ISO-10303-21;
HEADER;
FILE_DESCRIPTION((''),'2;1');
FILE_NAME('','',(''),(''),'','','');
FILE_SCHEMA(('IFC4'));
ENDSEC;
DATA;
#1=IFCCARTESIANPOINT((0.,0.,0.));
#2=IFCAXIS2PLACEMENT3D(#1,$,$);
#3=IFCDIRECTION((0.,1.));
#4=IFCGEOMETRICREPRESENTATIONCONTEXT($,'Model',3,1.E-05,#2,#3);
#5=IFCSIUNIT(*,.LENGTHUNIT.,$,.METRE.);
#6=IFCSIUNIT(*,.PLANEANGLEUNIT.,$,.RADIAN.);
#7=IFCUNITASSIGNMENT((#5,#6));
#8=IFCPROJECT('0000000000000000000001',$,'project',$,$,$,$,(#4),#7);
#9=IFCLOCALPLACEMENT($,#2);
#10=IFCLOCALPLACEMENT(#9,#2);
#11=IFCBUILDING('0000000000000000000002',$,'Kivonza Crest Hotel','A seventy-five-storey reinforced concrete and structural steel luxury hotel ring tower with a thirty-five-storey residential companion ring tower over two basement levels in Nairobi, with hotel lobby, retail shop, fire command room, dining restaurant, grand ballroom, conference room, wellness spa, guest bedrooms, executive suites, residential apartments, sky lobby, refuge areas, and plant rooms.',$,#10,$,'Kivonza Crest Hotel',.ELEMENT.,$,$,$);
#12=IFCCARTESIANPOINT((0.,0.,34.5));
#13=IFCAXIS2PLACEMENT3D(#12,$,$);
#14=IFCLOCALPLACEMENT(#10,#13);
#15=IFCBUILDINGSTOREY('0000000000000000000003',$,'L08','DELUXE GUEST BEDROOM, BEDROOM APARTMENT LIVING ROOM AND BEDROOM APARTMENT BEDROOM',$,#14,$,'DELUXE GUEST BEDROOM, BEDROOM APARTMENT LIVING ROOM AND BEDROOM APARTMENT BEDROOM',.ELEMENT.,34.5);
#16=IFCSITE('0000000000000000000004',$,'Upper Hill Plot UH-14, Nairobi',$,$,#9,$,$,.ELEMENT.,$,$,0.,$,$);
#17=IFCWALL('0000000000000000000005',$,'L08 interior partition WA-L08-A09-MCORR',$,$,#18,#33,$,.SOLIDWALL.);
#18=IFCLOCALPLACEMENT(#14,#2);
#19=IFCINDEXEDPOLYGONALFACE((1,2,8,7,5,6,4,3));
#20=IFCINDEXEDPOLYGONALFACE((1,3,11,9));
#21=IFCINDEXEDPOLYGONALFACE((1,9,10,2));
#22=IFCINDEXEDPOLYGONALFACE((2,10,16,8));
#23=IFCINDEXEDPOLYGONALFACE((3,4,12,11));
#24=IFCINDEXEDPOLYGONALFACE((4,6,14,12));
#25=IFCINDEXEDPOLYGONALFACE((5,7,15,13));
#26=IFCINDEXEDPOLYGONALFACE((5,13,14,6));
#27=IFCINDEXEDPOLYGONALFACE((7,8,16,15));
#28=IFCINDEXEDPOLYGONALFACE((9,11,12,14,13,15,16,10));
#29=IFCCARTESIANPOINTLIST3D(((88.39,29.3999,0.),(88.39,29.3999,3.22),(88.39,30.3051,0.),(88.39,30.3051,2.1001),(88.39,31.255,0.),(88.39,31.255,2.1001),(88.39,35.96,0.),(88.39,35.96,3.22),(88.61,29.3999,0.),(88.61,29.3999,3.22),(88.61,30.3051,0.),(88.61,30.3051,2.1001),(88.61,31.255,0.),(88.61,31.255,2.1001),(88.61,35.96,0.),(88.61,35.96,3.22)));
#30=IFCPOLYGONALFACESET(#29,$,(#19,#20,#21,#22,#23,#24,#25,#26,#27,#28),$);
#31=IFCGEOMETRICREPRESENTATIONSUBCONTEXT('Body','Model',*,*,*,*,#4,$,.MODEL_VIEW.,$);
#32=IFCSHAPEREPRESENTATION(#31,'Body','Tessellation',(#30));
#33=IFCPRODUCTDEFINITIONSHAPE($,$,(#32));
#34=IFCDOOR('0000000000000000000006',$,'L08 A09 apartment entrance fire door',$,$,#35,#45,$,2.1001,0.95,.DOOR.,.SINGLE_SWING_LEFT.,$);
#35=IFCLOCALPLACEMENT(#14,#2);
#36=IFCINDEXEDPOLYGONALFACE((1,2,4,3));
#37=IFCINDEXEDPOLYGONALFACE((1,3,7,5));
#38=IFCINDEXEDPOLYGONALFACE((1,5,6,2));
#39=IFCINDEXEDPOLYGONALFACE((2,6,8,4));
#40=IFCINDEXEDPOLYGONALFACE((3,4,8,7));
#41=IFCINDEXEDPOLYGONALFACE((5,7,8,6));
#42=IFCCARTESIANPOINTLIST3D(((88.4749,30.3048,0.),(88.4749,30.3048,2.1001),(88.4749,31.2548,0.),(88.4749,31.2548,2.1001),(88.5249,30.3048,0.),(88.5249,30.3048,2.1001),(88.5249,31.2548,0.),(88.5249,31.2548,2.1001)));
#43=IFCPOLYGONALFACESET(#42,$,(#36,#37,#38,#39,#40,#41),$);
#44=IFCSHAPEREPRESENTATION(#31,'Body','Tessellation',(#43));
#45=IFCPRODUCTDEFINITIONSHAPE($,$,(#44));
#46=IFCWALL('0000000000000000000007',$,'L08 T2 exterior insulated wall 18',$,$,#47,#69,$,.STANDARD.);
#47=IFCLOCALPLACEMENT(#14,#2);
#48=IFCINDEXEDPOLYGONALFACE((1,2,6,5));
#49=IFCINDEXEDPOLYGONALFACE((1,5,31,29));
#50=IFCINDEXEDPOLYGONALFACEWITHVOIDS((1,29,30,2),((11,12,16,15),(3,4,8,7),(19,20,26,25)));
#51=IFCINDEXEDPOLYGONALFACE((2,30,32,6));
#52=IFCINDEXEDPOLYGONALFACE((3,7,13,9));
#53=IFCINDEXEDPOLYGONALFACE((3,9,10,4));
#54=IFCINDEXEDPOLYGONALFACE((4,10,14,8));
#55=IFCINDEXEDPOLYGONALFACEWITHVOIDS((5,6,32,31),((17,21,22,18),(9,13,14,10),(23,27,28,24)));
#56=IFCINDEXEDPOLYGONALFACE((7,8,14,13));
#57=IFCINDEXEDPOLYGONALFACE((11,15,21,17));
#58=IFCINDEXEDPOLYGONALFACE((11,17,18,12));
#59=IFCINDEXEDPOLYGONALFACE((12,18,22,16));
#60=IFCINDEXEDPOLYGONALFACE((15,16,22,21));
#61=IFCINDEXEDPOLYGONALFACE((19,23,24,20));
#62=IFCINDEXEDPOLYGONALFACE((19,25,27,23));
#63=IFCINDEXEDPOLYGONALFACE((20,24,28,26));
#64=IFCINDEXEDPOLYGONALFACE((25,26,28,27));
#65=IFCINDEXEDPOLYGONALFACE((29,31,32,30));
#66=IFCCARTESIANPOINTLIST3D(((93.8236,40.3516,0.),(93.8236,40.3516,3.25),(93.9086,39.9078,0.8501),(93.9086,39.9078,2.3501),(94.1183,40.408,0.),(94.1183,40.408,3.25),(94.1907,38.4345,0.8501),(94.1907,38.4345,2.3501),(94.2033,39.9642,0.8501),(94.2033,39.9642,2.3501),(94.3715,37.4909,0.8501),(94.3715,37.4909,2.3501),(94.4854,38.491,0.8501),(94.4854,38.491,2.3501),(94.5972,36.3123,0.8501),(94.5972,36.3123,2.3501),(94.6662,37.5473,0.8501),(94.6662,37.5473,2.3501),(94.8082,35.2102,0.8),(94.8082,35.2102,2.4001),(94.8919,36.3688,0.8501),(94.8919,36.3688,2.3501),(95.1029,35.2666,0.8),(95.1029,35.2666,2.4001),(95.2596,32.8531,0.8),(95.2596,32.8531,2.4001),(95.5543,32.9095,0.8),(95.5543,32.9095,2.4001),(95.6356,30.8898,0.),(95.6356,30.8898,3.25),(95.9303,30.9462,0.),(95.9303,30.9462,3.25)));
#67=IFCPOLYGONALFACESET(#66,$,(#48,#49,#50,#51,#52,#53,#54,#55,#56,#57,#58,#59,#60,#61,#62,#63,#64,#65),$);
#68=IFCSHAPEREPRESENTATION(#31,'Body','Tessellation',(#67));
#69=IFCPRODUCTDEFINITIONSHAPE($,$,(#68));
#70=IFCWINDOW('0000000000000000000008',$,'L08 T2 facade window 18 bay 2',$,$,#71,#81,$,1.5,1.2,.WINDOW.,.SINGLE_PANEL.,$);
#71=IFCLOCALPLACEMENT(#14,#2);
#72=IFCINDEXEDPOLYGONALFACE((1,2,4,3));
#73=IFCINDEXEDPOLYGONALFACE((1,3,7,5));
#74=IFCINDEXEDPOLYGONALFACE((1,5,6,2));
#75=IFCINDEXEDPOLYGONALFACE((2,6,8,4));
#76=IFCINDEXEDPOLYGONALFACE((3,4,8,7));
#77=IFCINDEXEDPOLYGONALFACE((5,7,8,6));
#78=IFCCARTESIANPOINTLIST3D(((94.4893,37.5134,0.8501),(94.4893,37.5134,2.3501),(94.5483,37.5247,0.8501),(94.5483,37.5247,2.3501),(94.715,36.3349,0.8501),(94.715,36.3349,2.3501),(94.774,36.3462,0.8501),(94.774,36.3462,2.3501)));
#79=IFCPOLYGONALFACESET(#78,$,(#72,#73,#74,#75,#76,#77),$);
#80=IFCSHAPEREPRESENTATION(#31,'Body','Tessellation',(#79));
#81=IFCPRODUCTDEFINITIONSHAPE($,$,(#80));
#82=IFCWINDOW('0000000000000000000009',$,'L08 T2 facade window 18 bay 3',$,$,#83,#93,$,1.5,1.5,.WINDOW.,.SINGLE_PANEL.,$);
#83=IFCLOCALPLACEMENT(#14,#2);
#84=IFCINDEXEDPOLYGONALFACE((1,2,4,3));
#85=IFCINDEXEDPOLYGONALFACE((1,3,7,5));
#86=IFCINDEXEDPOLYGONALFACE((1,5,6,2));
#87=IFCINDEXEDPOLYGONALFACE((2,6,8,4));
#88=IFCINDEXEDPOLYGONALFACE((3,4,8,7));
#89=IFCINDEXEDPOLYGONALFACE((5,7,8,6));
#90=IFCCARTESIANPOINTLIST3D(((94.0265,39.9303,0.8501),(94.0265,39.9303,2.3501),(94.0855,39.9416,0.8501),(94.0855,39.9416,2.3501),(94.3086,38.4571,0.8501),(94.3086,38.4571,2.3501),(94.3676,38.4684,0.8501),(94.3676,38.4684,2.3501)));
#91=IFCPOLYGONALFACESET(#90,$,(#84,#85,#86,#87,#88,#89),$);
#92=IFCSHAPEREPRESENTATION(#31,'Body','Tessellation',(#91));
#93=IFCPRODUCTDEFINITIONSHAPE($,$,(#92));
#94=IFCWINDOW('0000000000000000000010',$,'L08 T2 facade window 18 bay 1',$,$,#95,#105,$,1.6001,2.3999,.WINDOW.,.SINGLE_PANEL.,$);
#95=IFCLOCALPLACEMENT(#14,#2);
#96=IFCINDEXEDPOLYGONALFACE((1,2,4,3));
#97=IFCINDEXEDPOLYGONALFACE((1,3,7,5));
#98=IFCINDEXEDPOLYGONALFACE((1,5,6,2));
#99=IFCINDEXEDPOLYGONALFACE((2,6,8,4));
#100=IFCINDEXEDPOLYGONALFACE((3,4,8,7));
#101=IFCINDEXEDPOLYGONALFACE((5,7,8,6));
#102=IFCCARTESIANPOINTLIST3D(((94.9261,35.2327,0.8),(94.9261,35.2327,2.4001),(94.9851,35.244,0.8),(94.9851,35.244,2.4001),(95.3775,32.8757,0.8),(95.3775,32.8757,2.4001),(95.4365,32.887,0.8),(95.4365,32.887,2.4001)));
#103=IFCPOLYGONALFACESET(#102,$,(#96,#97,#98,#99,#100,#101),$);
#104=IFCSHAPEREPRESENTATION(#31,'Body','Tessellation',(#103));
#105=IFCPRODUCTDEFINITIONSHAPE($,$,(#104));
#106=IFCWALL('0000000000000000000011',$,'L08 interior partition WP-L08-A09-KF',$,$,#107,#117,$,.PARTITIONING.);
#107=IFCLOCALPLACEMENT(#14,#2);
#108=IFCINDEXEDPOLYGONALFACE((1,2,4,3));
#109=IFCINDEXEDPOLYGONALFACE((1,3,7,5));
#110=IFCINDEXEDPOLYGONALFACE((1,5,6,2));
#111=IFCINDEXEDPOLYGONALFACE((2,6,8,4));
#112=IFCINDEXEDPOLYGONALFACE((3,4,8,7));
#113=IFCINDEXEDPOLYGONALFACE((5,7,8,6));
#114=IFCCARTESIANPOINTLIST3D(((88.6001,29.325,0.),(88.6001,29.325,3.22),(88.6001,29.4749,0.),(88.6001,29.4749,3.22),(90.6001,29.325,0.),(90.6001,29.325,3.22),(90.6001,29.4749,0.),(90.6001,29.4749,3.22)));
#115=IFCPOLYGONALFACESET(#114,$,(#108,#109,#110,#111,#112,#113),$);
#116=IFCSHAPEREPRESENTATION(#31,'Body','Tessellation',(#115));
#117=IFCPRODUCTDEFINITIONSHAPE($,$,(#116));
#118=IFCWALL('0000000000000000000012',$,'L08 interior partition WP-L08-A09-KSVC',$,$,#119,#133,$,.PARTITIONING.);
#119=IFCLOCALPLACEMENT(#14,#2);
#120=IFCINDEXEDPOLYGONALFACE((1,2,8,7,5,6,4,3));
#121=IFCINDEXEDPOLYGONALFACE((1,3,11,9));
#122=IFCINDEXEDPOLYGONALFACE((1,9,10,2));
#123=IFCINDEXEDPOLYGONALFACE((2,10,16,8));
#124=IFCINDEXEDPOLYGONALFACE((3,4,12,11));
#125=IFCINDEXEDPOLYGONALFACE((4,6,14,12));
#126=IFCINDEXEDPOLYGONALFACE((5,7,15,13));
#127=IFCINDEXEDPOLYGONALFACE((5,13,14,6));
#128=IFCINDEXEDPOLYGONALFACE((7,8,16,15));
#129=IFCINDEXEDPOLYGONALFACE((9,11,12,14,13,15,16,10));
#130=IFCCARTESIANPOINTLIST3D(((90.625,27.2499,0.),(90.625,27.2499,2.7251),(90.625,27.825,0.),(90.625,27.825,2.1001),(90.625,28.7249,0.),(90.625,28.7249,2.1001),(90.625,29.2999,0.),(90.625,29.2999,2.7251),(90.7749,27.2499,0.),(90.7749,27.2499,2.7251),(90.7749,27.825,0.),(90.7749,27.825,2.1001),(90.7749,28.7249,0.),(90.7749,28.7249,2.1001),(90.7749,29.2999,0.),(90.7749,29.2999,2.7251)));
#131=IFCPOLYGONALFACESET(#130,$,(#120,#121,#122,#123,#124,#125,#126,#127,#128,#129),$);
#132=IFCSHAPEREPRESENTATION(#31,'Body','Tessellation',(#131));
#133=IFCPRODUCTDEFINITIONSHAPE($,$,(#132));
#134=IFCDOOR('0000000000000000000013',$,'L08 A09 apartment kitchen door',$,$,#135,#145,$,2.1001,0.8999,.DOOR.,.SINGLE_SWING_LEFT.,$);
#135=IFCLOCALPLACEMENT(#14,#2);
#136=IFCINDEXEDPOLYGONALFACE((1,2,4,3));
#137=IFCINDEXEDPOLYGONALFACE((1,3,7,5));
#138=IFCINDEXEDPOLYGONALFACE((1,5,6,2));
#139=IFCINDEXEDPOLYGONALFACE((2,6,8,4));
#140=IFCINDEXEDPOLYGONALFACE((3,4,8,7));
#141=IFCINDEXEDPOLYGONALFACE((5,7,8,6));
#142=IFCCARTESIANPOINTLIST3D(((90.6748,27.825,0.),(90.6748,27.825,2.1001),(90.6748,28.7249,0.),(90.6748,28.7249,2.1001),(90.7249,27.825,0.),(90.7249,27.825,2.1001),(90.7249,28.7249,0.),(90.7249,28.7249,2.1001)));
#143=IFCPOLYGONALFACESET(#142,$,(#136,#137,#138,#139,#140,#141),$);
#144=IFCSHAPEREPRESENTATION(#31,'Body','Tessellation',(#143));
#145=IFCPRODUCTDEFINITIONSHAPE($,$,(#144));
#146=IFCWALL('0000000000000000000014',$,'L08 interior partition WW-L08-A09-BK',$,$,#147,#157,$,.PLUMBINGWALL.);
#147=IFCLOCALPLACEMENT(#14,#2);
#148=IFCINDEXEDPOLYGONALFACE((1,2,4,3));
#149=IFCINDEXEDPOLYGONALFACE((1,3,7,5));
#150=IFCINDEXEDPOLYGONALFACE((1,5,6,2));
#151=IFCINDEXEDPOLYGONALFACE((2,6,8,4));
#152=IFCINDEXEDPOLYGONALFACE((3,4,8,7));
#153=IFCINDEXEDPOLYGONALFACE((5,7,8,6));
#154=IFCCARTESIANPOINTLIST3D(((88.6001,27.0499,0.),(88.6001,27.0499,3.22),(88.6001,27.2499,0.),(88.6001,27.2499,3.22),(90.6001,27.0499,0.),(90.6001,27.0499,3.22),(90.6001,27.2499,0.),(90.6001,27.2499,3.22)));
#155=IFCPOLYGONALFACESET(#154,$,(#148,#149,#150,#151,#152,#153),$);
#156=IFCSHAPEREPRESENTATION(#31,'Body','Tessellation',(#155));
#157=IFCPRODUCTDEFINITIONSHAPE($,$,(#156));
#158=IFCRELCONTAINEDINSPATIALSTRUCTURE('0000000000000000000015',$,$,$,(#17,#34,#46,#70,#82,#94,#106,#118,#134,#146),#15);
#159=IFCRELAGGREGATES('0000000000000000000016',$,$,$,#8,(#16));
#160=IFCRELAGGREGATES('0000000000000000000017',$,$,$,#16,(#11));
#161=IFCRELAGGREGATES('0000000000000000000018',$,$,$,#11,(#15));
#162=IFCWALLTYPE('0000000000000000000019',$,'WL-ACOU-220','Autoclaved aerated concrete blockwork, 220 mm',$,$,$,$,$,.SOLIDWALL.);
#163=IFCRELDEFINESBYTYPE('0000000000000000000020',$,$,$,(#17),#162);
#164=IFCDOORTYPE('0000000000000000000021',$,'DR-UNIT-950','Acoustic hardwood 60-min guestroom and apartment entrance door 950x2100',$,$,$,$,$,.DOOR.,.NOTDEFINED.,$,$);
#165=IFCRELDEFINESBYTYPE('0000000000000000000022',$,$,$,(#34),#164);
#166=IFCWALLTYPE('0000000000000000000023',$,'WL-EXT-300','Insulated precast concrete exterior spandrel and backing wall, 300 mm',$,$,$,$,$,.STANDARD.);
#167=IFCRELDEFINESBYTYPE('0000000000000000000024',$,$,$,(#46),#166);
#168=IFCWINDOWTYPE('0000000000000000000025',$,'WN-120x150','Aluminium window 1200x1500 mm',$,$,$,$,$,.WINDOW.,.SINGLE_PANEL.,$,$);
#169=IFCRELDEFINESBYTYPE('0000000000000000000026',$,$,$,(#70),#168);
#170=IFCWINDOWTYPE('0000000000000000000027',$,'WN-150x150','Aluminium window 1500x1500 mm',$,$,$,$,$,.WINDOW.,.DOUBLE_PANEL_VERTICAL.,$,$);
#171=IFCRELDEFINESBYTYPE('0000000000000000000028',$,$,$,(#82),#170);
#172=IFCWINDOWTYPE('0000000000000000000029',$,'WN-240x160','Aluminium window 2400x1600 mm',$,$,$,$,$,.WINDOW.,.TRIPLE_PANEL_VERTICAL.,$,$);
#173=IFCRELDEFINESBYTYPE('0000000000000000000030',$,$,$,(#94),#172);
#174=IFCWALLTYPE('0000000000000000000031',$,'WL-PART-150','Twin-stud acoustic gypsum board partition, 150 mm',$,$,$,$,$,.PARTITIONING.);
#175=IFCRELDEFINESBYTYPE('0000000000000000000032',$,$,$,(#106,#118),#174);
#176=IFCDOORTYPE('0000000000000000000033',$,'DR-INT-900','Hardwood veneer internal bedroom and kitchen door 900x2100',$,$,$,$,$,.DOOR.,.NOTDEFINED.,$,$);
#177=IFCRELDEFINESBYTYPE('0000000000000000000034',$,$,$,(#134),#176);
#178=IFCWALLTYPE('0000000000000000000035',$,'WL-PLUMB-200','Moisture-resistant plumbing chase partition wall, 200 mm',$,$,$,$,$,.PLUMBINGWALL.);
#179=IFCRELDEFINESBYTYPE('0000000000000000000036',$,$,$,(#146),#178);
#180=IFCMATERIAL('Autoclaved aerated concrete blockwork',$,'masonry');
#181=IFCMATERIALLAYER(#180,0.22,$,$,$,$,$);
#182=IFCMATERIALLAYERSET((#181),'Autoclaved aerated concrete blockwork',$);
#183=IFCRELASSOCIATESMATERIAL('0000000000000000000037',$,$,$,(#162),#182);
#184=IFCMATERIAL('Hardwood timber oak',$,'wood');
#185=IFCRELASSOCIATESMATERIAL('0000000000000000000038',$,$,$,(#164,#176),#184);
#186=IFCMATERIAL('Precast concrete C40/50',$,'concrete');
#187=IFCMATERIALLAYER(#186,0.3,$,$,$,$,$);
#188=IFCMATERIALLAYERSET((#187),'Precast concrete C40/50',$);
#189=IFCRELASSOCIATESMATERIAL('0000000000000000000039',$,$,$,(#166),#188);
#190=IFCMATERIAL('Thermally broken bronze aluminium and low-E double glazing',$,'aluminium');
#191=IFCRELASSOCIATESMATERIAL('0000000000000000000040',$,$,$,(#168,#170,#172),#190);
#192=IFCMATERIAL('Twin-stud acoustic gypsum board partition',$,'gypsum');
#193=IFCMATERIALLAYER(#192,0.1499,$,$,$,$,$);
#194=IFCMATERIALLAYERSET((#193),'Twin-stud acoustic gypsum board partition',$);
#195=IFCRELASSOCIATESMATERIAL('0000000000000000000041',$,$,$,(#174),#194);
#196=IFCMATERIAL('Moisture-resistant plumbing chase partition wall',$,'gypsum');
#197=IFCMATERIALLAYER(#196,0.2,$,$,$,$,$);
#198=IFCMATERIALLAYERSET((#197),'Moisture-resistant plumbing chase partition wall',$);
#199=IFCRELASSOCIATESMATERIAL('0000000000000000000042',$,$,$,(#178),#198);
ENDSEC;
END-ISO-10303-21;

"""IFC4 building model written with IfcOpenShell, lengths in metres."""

from ifc_helpers import new_model, si_unit, direction, frame, frame_2d, origin, place, context, subcontext, project, spatial, rectangle, extrude, material, layer, layer_set, type_object, element, fill, save


model = new_model("IFC4")

# Units and contexts
model_context = context("Model", 3, precision=1e-05, world=origin(), true_north=direction((0.0, 1.0)))
body_context = subcontext(model_context, "Body", "Model", "MODEL_VIEW")
ifc_project = project(units=[si_unit("LENGTHUNIT", "METRE"), si_unit("PLANEANGLEUNIT", "RADIAN")], contexts=[model_context])

# Site, building, storey
site_placement = place(None, origin())
site = spatial("IfcSite", under=ifc_project, at=site_placement, Name="Upper Hill Plot UH-14, Nairobi", CompositionType="ELEMENT", RefElevation=0.0)
building_placement = place(site_placement, origin())
building = spatial("IfcBuilding", under=site, at=building_placement, Name="Kivonza Crest Hotel", Description="A seventy-five-storey reinforced concrete and structural steel luxury hotel ring tower with a thirty-five-storey residential companion ring tower over two basement levels in Nairobi, with hotel lobby, retail shop, fire command room, dining restaurant, grand ballroom, conference room, wellness spa, guest bedrooms, executive suites, residential apartments, sky lobby, refuge areas, and plant rooms.", LongName="Kivonza Crest Hotel", CompositionType="ELEMENT")
storey_placement = place(building_placement, frame((0.0, 0.0, 34.5)))
storey = spatial("IfcBuildingStorey", under=building, at=storey_placement, Name="L08", Description="DELUXE GUEST BEDROOM, BEDROOM APARTMENT LIVING ROOM AND BEDROOM APARTMENT BEDROOM", LongName="DELUXE GUEST BEDROOM, BEDROOM APARTMENT LIVING ROOM AND BEDROOM APARTMENT BEDROOM", CompositionType="ELEMENT", Elevation=34.5)

# Shared definitions
ifc_material_1 = material(Name="Autoclaved aerated concrete blockwork", Category="masonry")
ifc_layer_1 = layer(ifc_material_1, 0.22)
ifc_layer_set_1 = layer_set([ifc_layer_1], Name="Autoclaved aerated concrete blockwork")
wall_type_1 = type_object("IfcWallType", Name="WL-ACOU-220", Description="Autoclaved aerated concrete blockwork, 220 mm", PredefinedType="SOLIDWALL", material=ifc_layer_set_1)

# Wall, opening, door
wall_1_placement = place(storey_placement, frame((88.5, 29.3999, 0.0), z_axis=(0.0, 0.0, 1.0), x_axis=(0.0, 1.0, 0.0)))
wall_1 = element("IfcWall", 1, at=wall_1_placement, inside=storey, type_object=wall_type_1, Name="L08 interior partition WA-L08-A09-MCORR", PredefinedType="SOLIDWALL", context=body_context, shape_type="SweptSolid", body=[
    extrude(rectangle(XDim=6.5601, YDim=0.22, at=frame_2d((3.28, 0.0))), origin(), (0.0, 0.0, 1.0), 3.22),
])
opening_1_placement = place(wall_1_placement, frame((0.905, 0.0, 0.0)))
opening_1 = element("IfcOpeningElement", 2, at=opening_1_placement, cuts=wall_1, PredefinedType="OPENING", context=body_context, shape_type="SweptSolid", body=[
    extrude(rectangle(XDim=0.95, YDim=2.1001, at=frame_2d((0.4751, 1.05))), frame((0.0, 0.1201, 0.0), z_axis=(0.0, -1.0, 0.0), x_axis=(1.0, 0.0, 0.0)), (0.0, 0.0, 1.0), 0.24),
])
ifc_material_2 = material(Name="Hardwood timber oak", Category="wood")
door_type_1 = type_object("IfcDoorType", Name="DR-UNIT-950", Description="Acoustic hardwood 60-min guestroom and apartment entrance door 950x2100", OperationType="NOTDEFINED", PredefinedType="DOOR", material=ifc_material_2)
door_1_placement = place(opening_1_placement, frame((0.95, 0.0, 0.0), z_axis=(0.0, 0.0, 1.0), x_axis=(-1.0, 0.0, 0.0)))
door_1 = element("IfcDoor", 3, at=door_1_placement, inside=storey, type_object=door_type_1, Name="L08 A09 apartment entrance fire door", OperationType="SINGLE_SWING_LEFT", OverallHeight=2.1001, OverallWidth=0.95, PredefinedType="DOOR", context=body_context, shape_type="SweptSolid", body=[
    extrude(rectangle(XDim=0.95, YDim=2.1001, at=frame_2d((0.4751, 1.05))), frame((0.0, 0.0249, 0.0), z_axis=(0.0, -1.0, 0.0), x_axis=(1.0, 0.0, 0.0)), (0.0, 0.0, 1.0), 0.05),
])
fill(opening_1, door_1)

# Wall, openings, windows
ifc_material_3 = material(Name="Precast concrete C40/50", Category="concrete")
ifc_layer_2 = layer(ifc_material_3, 0.3)
ifc_layer_set_2 = layer_set([ifc_layer_2], Name="Precast concrete C40/50")
wall_type_2 = type_object("IfcWallType", Name="WL-EXT-300", Description="Insulated precast concrete exterior spandrel and backing wall, 300 mm", PredefinedType="STANDARD", material=ifc_layer_set_2)
wall_2_placement = place(storey_placement, frame((95.783, 30.918, 0.0), z_axis=(0.0, 0.0, 1.0), x_axis=(-0.188088, 0.982152, 0.0)))
wall_2 = element("IfcWall", 4, at=wall_2_placement, inside=storey, type_object=wall_type_2, Name="L08 T2 exterior insulated wall 18", PredefinedType="STANDARD", context=body_context, shape_type="SweptSolid", body=[
    extrude(rectangle(XDim=9.6338, YDim=0.3, at=frame_2d((4.8169, 0.0))), origin(), (0.0, 0.0, 1.0), 3.25),
])
opening_2_placement = place(wall_2_placement, frame((1.999, 0.0, 0.8)))
opening_2 = element("IfcOpeningElement", 5, at=opening_2_placement, cuts=wall_2, PredefinedType="OPENING", context=body_context, shape_type="SweptSolid", body=[
    extrude(rectangle(XDim=2.3999, YDim=1.6001, at=frame_2d((1.2, 0.8))), frame((0.0, 0.1602, 0.0), z_axis=(0.0, -1.0, 0.0), x_axis=(1.0, 0.0, 0.0)), (0.0, 0.0, 1.0), 0.3201),
])
opening_3_placement = place(wall_2_placement, frame((5.521, 0.0, 0.8501)))
opening_3 = element("IfcOpeningElement", 6, at=opening_3_placement, cuts=wall_2, PredefinedType="OPENING", context=body_context, shape_type="SweptSolid", body=[
    extrude(rectangle(XDim=1.2, YDim=1.5, at=frame_2d((0.6001, 0.75))), frame((0.0, 0.1602, 0.0), z_axis=(0.0, -1.0, 0.0), x_axis=(1.0, 0.0, 0.0)), (0.0, 0.0, 1.0), 0.3201),
])
opening_4_placement = place(wall_2_placement, frame((7.6819, 0.0, 0.8501)))
opening_4 = element("IfcOpeningElement", 7, at=opening_4_placement, cuts=wall_2, PredefinedType="OPENING", context=body_context, shape_type="SweptSolid", body=[
    extrude(rectangle(XDim=1.5, YDim=1.5, at=frame_2d((0.75, 0.75))), frame((0.0, 0.1602, 0.0), z_axis=(0.0, -1.0, 0.0), x_axis=(1.0, 0.0, 0.0)), (0.0, 0.0, 1.0), 0.3201),
])
ifc_material_4 = material(Name="Thermally broken bronze aluminium and low-E double glazing", Category="aluminium")
window_type_1 = type_object("IfcWindowType", Name="WN-120x150", Description="Aluminium window 1200x1500 mm", PartitioningType="SINGLE_PANEL", PredefinedType="WINDOW", material=ifc_material_4)
window_1_placement = place(opening_3_placement, origin())
window_1 = element("IfcWindow", 8, at=window_1_placement, inside=storey, type_object=window_type_1, Name="L08 T2 facade window 18 bay 2", OverallHeight=1.5, OverallWidth=1.2, PartitioningType="SINGLE_PANEL", PredefinedType="WINDOW", context=body_context, shape_type="SweptSolid", body=[
    extrude(rectangle(XDim=1.2, YDim=1.5, at=frame_2d((0.6001, 0.75))), frame((0.0, 0.03, 0.0), z_axis=(0.0, -1.0, 0.0), x_axis=(1.0, 0.0, 0.0)), (0.0, 0.0, 1.0), 0.0601),
])
fill(opening_3, window_1)
window_type_2 = type_object("IfcWindowType", Name="WN-150x150", Description="Aluminium window 1500x1500 mm", PartitioningType="DOUBLE_PANEL_VERTICAL", PredefinedType="WINDOW", material=ifc_material_4)
window_2_placement = place(opening_4_placement, origin())
window_2 = element("IfcWindow", 9, at=window_2_placement, inside=storey, type_object=window_type_2, Name="L08 T2 facade window 18 bay 3", OverallHeight=1.5, OverallWidth=1.5, PartitioningType="SINGLE_PANEL", PredefinedType="WINDOW", context=body_context, shape_type="SweptSolid", body=[
    extrude(rectangle(XDim=1.5, YDim=1.5, at=frame_2d((0.75, 0.75))), frame((0.0, 0.03, 0.0), z_axis=(0.0, -1.0, 0.0), x_axis=(1.0, 0.0, 0.0)), (0.0, 0.0, 1.0), 0.0601),
])
fill(opening_4, window_2)
window_type_3 = type_object("IfcWindowType", Name="WN-240x160", Description="Aluminium window 2400x1600 mm", PartitioningType="TRIPLE_PANEL_VERTICAL", PredefinedType="WINDOW", material=ifc_material_4)
window_3_placement = place(opening_2_placement, origin())
window_3 = element("IfcWindow", 10, at=window_3_placement, inside=storey, type_object=window_type_3, Name="L08 T2 facade window 18 bay 1", OverallHeight=1.6001, OverallWidth=2.3999, PartitioningType="SINGLE_PANEL", PredefinedType="WINDOW", context=body_context, shape_type="SweptSolid", body=[
    extrude(rectangle(XDim=2.3999, YDim=1.6001, at=frame_2d((1.2, 0.8))), frame((0.0, 0.03, 0.0), z_axis=(0.0, -1.0, 0.0), x_axis=(1.0, 0.0, 0.0)), (0.0, 0.0, 1.0), 0.0601),
])
fill(opening_2, window_3)

# Wall
ifc_material_5 = material(Name="Twin-stud acoustic gypsum board partition", Category="gypsum")
ifc_layer_3 = layer(ifc_material_5, 0.1499)
ifc_layer_set_3 = layer_set([ifc_layer_3], Name="Twin-stud acoustic gypsum board partition")
wall_type_3 = type_object("IfcWallType", Name="WL-PART-150", Description="Twin-stud acoustic gypsum board partition, 150 mm", PredefinedType="PARTITIONING", material=ifc_layer_set_3)
wall_3_placement = place(storey_placement, frame((88.6001, 29.3999, 0.0), z_axis=(0.0, 0.0, 1.0), x_axis=(1.0, 0.0, 0.0)))
element("IfcWall", 11, at=wall_3_placement, inside=storey, type_object=wall_type_3, Name="L08 interior partition WP-L08-A09-KF", PredefinedType="PARTITIONING", context=body_context, shape_type="SweptSolid", body=[
    extrude(rectangle(XDim=2.0, YDim=0.1499, at=frame_2d((1.0, 0.0))), origin(), (0.0, 0.0, 1.0), 3.22),
])

# Wall, opening, door
wall_4_placement = place(storey_placement, frame((90.7, 27.25, 0.0), z_axis=(0.0, 0.0, 1.0), x_axis=(0.0, 1.0, 0.0)))
wall_4 = element("IfcWall", 12, at=wall_4_placement, inside=storey, type_object=wall_type_3, Name="L08 interior partition WP-L08-A09-KSVC", PredefinedType="PARTITIONING", context=body_context, shape_type="SweptSolid", body=[
    extrude(rectangle(XDim=2.05, YDim=0.1499, at=frame_2d((1.0249, 0.0))), origin(), (0.0, 0.0, 1.0), 2.7251),
])
opening_5_placement = place(wall_4_placement, frame((0.575, 0.0, 0.0)))
opening_5 = element("IfcOpeningElement", 13, at=opening_5_placement, cuts=wall_4, PredefinedType="OPENING", context=body_context, shape_type="SweptSolid", body=[
    extrude(rectangle(XDim=0.8999, YDim=2.1001, at=frame_2d((0.45, 1.05))), frame((0.0, 0.085, 0.0), z_axis=(0.0, -1.0, 0.0), x_axis=(1.0, 0.0, 0.0)), (0.0, 0.0, 1.0), 0.1699),
])
door_type_2 = type_object("IfcDoorType", Name="DR-INT-900", Description="Hardwood veneer internal bedroom and kitchen door 900x2100", OperationType="NOTDEFINED", PredefinedType="DOOR", material=ifc_material_2)
door_2_placement = place(opening_5_placement, frame((0.8999, 0.0, 0.0), z_axis=(0.0, 0.0, 1.0), x_axis=(-1.0, 0.0, 0.0)))
door_2 = element("IfcDoor", 14, at=door_2_placement, inside=storey, type_object=door_type_2, Name="L08 A09 apartment kitchen door", OperationType="SINGLE_SWING_LEFT", OverallHeight=2.1001, OverallWidth=0.8999, PredefinedType="DOOR", context=body_context, shape_type="SweptSolid", body=[
    extrude(rectangle(XDim=0.8999, YDim=2.1001, at=frame_2d((0.45, 1.05))), frame((0.0, 0.0249, 0.0), z_axis=(0.0, -1.0, 0.0), x_axis=(1.0, 0.0, 0.0)), (0.0, 0.0, 1.0), 0.05),
])
fill(opening_5, door_2)

# Wall
ifc_material_6 = material(Name="Moisture-resistant plumbing chase partition wall", Category="gypsum")
ifc_layer_4 = layer(ifc_material_6, 0.2)
ifc_layer_set_4 = layer_set([ifc_layer_4], Name="Moisture-resistant plumbing chase partition wall")
wall_type_4 = type_object("IfcWallType", Name="WL-PLUMB-200", Description="Moisture-resistant plumbing chase partition wall, 200 mm", PredefinedType="PLUMBINGWALL", material=ifc_layer_set_4)
wall_5_placement = place(storey_placement, frame((88.6001, 27.1499, 0.0), z_axis=(0.0, 0.0, 1.0), x_axis=(1.0, 0.0, 0.0)))
element("IfcWall", 15, at=wall_5_placement, inside=storey, type_object=wall_type_4, Name="L08 interior partition WW-L08-A09-BK", PredefinedType="PLUMBINGWALL", context=body_context, shape_type="SweptSolid", body=[
    extrude(rectangle(XDim=2.0, YDim=0.2, at=frame_2d((1.0, 0.0))), origin(), (0.0, 0.0, 1.0), 3.22),
])

save(model, "model.ifc")
